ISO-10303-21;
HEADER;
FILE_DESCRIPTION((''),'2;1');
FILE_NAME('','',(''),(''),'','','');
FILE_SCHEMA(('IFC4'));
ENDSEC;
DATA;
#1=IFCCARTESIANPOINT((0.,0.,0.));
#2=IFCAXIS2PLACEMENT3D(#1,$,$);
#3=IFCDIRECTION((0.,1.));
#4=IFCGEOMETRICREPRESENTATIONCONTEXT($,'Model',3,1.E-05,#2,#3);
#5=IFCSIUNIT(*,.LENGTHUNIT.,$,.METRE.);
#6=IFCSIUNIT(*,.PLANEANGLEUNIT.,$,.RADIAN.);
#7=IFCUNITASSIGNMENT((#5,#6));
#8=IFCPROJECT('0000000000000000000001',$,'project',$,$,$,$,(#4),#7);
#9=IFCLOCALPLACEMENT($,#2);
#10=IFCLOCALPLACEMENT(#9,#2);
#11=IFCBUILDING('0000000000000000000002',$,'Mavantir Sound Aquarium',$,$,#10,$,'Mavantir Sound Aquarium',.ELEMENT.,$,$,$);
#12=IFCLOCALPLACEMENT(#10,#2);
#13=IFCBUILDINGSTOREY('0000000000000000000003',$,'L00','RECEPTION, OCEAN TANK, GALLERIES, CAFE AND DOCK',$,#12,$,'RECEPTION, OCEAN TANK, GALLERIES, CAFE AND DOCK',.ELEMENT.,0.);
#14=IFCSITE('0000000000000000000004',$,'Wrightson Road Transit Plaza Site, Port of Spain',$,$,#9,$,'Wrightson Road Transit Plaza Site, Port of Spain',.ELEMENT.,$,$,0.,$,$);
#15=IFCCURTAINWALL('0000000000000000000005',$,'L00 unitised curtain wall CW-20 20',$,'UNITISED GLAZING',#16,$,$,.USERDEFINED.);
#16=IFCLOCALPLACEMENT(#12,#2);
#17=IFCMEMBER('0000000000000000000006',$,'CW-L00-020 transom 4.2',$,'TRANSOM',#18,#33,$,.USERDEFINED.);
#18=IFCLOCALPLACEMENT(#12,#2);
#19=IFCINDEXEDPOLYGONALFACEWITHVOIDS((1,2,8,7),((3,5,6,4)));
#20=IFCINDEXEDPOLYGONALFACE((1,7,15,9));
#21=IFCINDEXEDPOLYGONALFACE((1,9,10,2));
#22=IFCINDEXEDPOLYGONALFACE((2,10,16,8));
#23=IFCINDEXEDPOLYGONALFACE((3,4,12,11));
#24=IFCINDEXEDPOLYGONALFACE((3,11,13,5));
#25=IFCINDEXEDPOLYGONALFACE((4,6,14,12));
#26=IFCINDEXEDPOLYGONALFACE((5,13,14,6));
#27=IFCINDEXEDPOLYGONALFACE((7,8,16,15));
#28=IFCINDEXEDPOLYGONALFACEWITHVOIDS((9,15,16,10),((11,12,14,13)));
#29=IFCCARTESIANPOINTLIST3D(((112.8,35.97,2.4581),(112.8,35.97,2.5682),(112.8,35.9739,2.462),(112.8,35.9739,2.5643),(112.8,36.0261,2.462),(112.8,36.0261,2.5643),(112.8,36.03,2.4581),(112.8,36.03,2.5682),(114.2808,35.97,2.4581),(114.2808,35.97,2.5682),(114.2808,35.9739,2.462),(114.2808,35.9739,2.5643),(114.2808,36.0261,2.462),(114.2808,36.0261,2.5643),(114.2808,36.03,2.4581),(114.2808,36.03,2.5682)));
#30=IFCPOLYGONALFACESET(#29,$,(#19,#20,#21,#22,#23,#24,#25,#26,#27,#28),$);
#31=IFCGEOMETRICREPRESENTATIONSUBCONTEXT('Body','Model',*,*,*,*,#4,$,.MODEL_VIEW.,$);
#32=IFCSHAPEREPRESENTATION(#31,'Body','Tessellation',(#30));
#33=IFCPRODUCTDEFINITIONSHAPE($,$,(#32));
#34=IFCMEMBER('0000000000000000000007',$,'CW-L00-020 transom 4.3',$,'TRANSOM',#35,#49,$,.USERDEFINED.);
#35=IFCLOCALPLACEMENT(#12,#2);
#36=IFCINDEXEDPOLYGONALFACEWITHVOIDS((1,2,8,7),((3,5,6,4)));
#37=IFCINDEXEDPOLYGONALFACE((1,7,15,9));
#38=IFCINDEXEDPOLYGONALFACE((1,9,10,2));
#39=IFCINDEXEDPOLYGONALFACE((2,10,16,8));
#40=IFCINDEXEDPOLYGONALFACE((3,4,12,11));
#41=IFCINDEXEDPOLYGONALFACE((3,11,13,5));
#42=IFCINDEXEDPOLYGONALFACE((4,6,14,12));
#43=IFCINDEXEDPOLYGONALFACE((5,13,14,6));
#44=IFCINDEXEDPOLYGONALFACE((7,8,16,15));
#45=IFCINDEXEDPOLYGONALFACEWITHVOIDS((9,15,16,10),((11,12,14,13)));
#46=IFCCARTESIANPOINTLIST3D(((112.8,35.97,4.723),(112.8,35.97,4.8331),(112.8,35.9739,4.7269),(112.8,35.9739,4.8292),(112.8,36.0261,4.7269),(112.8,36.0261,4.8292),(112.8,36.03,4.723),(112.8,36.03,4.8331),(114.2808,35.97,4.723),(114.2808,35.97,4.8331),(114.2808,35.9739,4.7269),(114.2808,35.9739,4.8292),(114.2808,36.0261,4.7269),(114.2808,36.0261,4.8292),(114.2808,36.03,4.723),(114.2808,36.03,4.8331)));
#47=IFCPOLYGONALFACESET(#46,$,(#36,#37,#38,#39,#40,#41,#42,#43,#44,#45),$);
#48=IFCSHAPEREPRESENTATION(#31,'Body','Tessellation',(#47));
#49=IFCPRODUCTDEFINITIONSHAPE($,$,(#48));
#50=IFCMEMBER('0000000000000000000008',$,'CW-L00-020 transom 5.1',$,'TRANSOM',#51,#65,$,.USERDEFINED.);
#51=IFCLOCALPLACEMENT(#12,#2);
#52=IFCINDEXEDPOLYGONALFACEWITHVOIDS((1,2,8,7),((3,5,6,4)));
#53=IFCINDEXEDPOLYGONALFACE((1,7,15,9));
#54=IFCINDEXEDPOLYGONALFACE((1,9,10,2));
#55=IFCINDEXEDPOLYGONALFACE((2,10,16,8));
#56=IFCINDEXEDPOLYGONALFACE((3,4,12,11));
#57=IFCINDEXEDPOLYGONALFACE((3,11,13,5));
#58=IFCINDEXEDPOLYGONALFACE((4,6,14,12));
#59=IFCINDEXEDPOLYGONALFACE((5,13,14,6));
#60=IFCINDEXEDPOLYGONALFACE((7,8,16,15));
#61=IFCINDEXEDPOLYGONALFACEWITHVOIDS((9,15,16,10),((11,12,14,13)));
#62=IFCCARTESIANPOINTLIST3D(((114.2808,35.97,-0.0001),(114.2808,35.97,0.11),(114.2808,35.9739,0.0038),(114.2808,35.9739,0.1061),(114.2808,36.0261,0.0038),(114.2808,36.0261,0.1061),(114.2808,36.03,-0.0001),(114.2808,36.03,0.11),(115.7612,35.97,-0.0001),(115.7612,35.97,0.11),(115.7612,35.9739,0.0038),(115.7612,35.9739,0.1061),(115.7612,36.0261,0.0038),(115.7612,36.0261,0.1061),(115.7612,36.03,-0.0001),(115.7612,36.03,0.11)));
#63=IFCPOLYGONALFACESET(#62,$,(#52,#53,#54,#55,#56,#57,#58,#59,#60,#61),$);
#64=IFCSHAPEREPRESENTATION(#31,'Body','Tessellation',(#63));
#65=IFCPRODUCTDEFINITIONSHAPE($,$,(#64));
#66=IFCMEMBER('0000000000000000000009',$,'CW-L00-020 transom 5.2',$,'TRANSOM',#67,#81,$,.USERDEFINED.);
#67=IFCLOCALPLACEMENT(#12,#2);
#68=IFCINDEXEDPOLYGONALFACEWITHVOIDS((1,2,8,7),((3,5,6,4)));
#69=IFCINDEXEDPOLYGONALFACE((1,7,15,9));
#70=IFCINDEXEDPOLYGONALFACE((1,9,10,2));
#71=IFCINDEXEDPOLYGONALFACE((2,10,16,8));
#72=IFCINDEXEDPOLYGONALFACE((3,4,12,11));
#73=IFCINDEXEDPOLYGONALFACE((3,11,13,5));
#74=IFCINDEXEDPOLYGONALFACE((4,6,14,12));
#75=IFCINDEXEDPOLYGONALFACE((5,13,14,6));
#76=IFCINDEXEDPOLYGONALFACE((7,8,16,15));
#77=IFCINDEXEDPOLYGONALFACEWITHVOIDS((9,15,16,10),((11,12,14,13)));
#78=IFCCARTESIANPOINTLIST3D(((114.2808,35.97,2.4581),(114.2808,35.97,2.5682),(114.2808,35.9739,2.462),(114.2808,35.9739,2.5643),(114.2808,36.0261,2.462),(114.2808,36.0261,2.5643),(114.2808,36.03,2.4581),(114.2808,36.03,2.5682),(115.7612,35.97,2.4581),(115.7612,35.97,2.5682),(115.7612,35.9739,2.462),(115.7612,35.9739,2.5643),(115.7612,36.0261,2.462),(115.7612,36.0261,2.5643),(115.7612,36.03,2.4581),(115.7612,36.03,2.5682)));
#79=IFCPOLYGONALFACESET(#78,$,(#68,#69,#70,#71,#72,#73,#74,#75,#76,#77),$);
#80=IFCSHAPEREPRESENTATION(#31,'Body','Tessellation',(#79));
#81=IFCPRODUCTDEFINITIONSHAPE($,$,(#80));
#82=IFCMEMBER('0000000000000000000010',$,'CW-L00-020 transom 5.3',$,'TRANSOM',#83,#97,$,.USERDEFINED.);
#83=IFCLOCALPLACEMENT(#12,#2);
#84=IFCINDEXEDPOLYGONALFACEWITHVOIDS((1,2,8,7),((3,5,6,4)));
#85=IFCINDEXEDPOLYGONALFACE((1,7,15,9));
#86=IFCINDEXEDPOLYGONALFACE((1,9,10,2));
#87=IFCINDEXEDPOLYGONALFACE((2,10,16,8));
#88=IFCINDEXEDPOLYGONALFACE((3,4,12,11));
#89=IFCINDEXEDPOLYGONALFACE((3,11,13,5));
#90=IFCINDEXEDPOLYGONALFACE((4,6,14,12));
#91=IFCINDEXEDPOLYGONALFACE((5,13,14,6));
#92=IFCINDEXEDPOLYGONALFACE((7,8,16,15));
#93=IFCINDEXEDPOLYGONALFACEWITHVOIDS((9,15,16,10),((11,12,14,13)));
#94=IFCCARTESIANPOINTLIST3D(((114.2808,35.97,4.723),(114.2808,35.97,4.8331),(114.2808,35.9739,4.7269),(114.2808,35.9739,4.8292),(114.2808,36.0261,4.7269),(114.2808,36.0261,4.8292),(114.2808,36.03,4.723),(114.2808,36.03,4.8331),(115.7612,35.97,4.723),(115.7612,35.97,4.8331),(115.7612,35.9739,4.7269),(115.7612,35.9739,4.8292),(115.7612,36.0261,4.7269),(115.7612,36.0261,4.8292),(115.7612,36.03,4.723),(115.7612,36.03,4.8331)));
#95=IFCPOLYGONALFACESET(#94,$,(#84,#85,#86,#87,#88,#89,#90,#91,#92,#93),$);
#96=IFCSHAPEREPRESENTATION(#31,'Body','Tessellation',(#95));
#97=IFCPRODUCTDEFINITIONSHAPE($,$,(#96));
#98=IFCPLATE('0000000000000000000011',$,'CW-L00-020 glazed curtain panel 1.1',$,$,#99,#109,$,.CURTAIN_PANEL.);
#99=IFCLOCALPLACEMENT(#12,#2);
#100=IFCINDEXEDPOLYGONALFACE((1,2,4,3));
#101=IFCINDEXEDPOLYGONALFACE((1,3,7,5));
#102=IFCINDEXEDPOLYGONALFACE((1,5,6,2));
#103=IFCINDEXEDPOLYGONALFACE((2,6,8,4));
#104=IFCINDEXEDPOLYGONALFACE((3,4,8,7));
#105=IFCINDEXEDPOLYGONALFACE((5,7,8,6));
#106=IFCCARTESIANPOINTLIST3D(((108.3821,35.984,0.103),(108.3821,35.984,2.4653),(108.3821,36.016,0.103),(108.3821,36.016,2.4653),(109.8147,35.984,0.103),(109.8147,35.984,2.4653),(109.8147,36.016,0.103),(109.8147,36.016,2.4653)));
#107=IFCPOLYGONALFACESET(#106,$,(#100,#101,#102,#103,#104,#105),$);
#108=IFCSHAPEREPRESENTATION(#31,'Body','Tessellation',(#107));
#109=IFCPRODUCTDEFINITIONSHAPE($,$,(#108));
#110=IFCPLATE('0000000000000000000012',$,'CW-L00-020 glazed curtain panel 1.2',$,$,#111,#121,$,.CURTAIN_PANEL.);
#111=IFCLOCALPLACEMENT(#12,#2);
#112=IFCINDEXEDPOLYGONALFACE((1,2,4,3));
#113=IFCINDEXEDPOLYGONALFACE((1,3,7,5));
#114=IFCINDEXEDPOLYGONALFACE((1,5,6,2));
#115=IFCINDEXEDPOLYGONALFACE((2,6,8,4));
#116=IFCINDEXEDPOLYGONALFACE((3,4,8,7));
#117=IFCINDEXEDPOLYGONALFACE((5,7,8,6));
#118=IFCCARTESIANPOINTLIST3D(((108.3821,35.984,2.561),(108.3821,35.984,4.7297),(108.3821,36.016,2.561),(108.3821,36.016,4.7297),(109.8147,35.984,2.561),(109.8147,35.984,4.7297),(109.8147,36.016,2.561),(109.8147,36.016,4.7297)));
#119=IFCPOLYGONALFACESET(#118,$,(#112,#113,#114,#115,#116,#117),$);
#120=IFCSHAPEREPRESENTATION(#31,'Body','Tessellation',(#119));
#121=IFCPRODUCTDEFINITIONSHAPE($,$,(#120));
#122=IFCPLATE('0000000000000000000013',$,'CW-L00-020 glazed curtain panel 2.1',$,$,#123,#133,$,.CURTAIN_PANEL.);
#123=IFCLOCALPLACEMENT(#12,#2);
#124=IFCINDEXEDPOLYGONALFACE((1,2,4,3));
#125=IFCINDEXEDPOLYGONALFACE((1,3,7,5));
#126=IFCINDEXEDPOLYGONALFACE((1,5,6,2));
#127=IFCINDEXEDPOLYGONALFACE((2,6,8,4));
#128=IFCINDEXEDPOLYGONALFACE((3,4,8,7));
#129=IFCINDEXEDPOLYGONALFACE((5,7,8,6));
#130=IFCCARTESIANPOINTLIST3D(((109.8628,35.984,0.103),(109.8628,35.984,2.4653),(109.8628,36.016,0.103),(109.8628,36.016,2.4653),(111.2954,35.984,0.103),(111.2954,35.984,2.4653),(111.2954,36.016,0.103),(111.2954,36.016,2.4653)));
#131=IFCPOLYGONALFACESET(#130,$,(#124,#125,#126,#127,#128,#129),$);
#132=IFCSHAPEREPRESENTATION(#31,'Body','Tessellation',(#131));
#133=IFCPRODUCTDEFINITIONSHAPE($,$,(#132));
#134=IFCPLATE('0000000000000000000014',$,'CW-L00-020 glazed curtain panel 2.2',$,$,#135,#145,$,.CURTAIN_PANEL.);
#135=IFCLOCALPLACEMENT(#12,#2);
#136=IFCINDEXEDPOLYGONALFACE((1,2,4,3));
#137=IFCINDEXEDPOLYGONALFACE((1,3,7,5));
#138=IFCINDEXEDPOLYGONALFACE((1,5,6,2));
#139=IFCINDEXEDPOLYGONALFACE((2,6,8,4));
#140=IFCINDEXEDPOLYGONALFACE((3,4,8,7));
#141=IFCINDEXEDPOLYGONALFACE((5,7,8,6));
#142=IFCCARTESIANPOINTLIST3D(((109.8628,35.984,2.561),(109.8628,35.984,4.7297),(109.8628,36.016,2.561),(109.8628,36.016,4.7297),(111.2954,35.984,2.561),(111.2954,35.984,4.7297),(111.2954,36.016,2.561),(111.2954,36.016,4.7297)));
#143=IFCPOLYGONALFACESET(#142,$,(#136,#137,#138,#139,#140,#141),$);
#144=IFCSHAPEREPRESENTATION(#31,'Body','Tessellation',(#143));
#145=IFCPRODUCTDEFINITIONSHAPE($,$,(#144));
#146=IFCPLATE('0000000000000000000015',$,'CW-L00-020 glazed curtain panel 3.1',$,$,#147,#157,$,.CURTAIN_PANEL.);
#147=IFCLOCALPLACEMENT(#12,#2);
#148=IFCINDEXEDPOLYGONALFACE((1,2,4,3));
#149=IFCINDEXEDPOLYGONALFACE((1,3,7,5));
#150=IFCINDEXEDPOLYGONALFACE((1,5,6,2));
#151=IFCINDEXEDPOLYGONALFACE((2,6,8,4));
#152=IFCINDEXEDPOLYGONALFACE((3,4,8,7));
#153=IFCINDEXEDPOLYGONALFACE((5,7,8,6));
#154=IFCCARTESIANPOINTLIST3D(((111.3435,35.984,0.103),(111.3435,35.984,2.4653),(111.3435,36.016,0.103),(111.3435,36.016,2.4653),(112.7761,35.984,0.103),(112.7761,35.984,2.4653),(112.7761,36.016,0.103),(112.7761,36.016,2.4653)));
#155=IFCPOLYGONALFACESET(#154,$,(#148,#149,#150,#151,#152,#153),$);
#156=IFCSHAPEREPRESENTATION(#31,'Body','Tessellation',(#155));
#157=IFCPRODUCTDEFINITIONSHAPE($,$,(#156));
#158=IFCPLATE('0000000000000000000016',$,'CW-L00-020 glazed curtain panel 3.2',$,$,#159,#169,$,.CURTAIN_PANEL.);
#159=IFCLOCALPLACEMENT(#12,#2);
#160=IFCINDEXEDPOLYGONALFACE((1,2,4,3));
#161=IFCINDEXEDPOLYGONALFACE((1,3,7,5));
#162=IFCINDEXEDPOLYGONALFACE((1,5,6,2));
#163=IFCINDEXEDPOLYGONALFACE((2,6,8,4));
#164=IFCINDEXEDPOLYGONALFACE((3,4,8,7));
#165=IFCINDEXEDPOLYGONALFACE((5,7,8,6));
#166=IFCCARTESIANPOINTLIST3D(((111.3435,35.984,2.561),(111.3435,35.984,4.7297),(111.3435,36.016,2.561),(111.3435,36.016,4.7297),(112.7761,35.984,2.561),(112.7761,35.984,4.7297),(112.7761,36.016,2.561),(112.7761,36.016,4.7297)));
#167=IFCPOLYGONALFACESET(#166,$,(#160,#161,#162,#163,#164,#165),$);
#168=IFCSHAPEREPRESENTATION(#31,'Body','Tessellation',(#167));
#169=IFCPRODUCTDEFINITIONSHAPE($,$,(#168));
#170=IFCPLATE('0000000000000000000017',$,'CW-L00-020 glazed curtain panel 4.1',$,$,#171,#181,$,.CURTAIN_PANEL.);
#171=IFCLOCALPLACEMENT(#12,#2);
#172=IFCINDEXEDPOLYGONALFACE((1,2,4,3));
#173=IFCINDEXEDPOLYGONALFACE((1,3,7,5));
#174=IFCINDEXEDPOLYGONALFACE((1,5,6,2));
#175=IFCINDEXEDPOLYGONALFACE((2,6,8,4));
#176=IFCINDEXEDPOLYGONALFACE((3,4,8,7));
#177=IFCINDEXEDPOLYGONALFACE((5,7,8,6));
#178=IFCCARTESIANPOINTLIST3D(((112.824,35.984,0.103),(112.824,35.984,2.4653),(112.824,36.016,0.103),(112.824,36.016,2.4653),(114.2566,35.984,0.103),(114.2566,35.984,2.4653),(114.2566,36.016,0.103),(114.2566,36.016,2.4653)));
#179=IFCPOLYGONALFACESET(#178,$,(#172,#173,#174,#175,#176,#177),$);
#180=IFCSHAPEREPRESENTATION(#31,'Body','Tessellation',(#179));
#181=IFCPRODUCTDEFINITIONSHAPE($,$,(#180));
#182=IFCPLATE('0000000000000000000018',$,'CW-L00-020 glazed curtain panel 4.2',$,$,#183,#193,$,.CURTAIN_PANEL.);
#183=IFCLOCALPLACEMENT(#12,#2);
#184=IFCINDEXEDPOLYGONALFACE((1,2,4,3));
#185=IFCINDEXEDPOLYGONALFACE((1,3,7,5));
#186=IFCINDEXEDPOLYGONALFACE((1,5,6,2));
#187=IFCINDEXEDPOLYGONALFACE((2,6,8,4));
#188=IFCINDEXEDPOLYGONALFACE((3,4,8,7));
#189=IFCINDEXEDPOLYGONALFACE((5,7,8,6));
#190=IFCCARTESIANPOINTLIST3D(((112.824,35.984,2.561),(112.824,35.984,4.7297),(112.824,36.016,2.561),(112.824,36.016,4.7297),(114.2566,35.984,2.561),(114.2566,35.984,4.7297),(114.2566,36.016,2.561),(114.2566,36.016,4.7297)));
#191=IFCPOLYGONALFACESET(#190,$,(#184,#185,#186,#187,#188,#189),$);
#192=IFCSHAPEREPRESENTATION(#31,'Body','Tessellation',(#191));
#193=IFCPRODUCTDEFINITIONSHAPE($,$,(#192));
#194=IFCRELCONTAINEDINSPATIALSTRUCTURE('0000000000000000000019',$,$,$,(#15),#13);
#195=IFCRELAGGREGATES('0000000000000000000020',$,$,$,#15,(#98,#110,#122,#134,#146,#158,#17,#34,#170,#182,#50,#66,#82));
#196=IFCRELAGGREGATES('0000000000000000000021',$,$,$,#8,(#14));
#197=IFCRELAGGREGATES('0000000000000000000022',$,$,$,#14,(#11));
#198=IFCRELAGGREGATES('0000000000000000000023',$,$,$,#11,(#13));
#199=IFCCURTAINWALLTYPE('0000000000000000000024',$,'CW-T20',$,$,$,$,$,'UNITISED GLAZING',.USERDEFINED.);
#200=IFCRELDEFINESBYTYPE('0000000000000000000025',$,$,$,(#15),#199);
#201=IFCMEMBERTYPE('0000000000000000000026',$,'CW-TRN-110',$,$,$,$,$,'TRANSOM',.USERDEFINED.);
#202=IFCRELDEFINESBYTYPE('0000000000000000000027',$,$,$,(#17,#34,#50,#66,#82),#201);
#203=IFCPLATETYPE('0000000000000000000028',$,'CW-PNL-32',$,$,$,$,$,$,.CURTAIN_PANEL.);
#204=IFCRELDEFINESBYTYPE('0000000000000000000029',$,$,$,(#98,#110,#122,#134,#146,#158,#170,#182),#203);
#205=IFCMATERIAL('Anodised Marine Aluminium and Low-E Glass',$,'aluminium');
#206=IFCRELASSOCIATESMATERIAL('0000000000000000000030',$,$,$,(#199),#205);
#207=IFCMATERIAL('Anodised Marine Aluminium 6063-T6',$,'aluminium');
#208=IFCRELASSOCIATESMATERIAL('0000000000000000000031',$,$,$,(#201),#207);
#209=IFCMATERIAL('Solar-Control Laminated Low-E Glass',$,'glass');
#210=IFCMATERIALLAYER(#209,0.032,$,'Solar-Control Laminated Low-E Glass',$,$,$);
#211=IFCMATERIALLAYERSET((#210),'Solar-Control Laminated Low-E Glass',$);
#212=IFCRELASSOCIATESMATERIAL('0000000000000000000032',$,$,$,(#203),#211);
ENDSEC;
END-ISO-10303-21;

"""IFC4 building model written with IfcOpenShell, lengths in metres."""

from ifc_helpers import new_model, si_unit, direction, frame, origin, origin_2d, place, context, subcontext, project, spatial, rectangle, hollow_rectangle, extrude, material, layer, layer_set, material_profile, profile_set, type_object, element, aggregate, save


model = new_model("IFC4")

# Units and contexts
model_context = context("Model", 3, precision=1e-05, world=origin(), true_north=direction((0.0, 1.0)))
body_context = subcontext(model_context, "Body", "Model", "MODEL_VIEW")
ifc_project = project(units=[si_unit("LENGTHUNIT", "METRE"), si_unit("PLANEANGLEUNIT", "RADIAN")], contexts=[model_context])

# Site, building, storey
site_placement = place(None, origin())
site = spatial("IfcSite", under=ifc_project, at=site_placement, Name="Wrightson Road Transit Plaza Site, Port of Spain", LongName="Wrightson Road Transit Plaza Site, Port of Spain", CompositionType="ELEMENT", RefElevation=0.0)
building_placement = place(site_placement, origin())
building = spatial("IfcBuilding", under=site, at=building_placement, Name="Mavantir Sound Aquarium", LongName="Mavantir Sound Aquarium", CompositionType="ELEMENT")
storey_placement = place(building_placement, origin())
storey = spatial("IfcBuildingStorey", under=building, at=storey_placement, Name="L00", Description="RECEPTION, OCEAN TANK, GALLERIES, CAFE AND DOCK", LongName="RECEPTION, OCEAN TANK, GALLERIES, CAFE AND DOCK", CompositionType="ELEMENT", Elevation=0.0)

# Curtain wall, members, plates
ifc_material_1 = material(Name="Anodised Marine Aluminium and Low-E Glass", Category="aluminium")
curtain_wall_type = type_object("IfcCurtainWallType", Name="CW-T20", ElementType="UNITISED GLAZING", PredefinedType="USERDEFINED", material=ifc_material_1)
curtain_wall_placement = place(storey_placement, origin())
curtain_wall = element("IfcCurtainWall", 1, at=curtain_wall_placement, inside=storey, type_object=curtain_wall_type, Name="L00 unitised curtain wall CW-20 20", ObjectType="UNITISED GLAZING", PredefinedType="USERDEFINED")
ifc_material_2 = material(Name="Anodised Marine Aluminium 6063-T6", Category="aluminium")
ifc_material_profile_1 = material_profile(ifc_material_2, hollow_rectangle(XDim=0.0601, YDim=0.1101, WallThickness=0.0039, at=origin_2d()), Name="ALU-TRANSOM-110X60")
ifc_profile_set_1 = profile_set([ifc_material_profile_1], Name="Anodised Marine Aluminium 6063-T6")
member_type_1 = type_object("IfcMemberType", Name="CW-TRN-110", ElementType="TRANSOM", PredefinedType="USERDEFINED", material=ifc_profile_set_1)
member_1_placement = place(storey_placement, frame((112.8, 36.0, 2.5132), z_axis=(1.0, 0.0, 0.0), x_axis=(0.0, 1.0, 0.0)))
member_1 = element("IfcMember", 2, at=member_1_placement, type_object=member_type_1, Name="CW-L00-020 transom 4.2", ObjectType="TRANSOM", PredefinedType="USERDEFINED", context=body_context, shape_type="SweptSolid", body=[
    extrude(hollow_rectangle(XDim=0.0601, YDim=0.1101, WallThickness=0.0039, at=origin_2d()), origin(), (0.0, 0.0, 1.0), 1.4807),
])
member_2_placement = place(storey_placement, frame((112.8, 36.0, 4.7781), z_axis=(1.0, 0.0, 0.0), x_axis=(0.0, 1.0, 0.0)))
member_2 = element("IfcMember", 3, at=member_2_placement, type_object=member_type_1, Name="CW-L00-020 transom 4.3", ObjectType="TRANSOM", PredefinedType="USERDEFINED", context=body_context, shape_type="SweptSolid", body=[
    extrude(hollow_rectangle(XDim=0.0601, YDim=0.1101, WallThickness=0.0039, at=origin_2d()), origin(), (0.0, 0.0, 1.0), 1.4807),
])
member_3_placement = place(storey_placement, frame((114.2808, 36.0, 0.0549), z_axis=(1.0, 0.0, 0.0), x_axis=(0.0, 1.0, 0.0)))
member_3 = element("IfcMember", 4, at=member_3_placement, type_object=member_type_1, Name="CW-L00-020 transom 5.1", ObjectType="TRANSOM", PredefinedType="USERDEFINED", context=body_context, shape_type="SweptSolid", body=[
    extrude(hollow_rectangle(XDim=0.0601, YDim=0.1101, WallThickness=0.0039, at=origin_2d()), origin(), (0.0, 0.0, 1.0), 1.4805),
])
member_4_placement = place(storey_placement, frame((114.2808, 36.0, 2.5132), z_axis=(1.0, 0.0, 0.0), x_axis=(0.0, 1.0, 0.0)))
member_4 = element("IfcMember", 5, at=member_4_placement, type_object=member_type_1, Name="CW-L00-020 transom 5.2", ObjectType="TRANSOM", PredefinedType="USERDEFINED", context=body_context, shape_type="SweptSolid", body=[
    extrude(hollow_rectangle(XDim=0.0601, YDim=0.1101, WallThickness=0.0039, at=origin_2d()), origin(), (0.0, 0.0, 1.0), 1.4805),
])
member_5_placement = place(storey_placement, frame((114.2808, 36.0, 4.7781), z_axis=(1.0, 0.0, 0.0), x_axis=(0.0, 1.0, 0.0)))
member_5 = element("IfcMember", 6, at=member_5_placement, type_object=member_type_1, Name="CW-L00-020 transom 5.3", ObjectType="TRANSOM", PredefinedType="USERDEFINED", context=body_context, shape_type="SweptSolid", body=[
    extrude(hollow_rectangle(XDim=0.0601, YDim=0.1101, WallThickness=0.0039, at=origin_2d()), origin(), (0.0, 0.0, 1.0), 1.4805),
])
ifc_material_3 = material(Name="Solar-Control Laminated Low-E Glass", Category="glass")
ifc_layer = layer(ifc_material_3, 0.032, Name="Solar-Control Laminated Low-E Glass")
ifc_layer_set = layer_set([ifc_layer], Name="Solar-Control Laminated Low-E Glass")
plate_type = type_object("IfcPlateType", Name="CW-PNL-32", PredefinedType="CURTAIN_PANEL", material=ifc_layer_set)
plate_1_placement = place(storey_placement, frame((109.0984, 36.0, 0.103), z_axis=(0.0, 0.0, 1.0), x_axis=(1.0, 0.0, 0.0)))
plate_1 = element("IfcPlate", 7, at=plate_1_placement, type_object=plate_type, Name="CW-L00-020 glazed curtain panel 1.1", PredefinedType="CURTAIN_PANEL", context=body_context, shape_type="SweptSolid", body=[
    extrude(rectangle(XDim=1.4326, YDim=0.032, at=origin_2d()), origin(), (0.0, 0.0, 1.0), 2.3623),
])
plate_2_placement = place(storey_placement, frame((109.0984, 36.0, 2.561), z_axis=(0.0, 0.0, 1.0), x_axis=(1.0, 0.0, 0.0)))
plate_2 = element("IfcPlate", 8, at=plate_2_placement, type_object=plate_type, Name="CW-L00-020 glazed curtain panel 1.2", PredefinedType="CURTAIN_PANEL", context=body_context, shape_type="SweptSolid", body=[
    extrude(rectangle(XDim=1.4326, YDim=0.032, at=origin_2d()), origin(), (0.0, 0.0, 1.0), 2.1687),
])
plate_3_placement = place(storey_placement, frame((110.5791, 36.0, 0.103), z_axis=(0.0, 0.0, 1.0), x_axis=(1.0, 0.0, 0.0)))
plate_3 = element("IfcPlate", 9, at=plate_3_placement, type_object=plate_type, Name="CW-L00-020 glazed curtain panel 2.1", PredefinedType="CURTAIN_PANEL", context=body_context, shape_type="SweptSolid", body=[
    extrude(rectangle(XDim=1.4326, YDim=0.032, at=origin_2d()), origin(), (0.0, 0.0, 1.0), 2.3623),
])
plate_4_placement = place(storey_placement, frame((110.5791, 36.0, 2.561), z_axis=(0.0, 0.0, 1.0), x_axis=(1.0, 0.0, 0.0)))
plate_4 = element("IfcPlate", 10, at=plate_4_placement, type_object=plate_type, Name="CW-L00-020 glazed curtain panel 2.2", PredefinedType="CURTAIN_PANEL", context=body_context, shape_type="SweptSolid", body=[
    extrude(rectangle(XDim=1.4326, YDim=0.032, at=origin_2d()), origin(), (0.0, 0.0, 1.0), 2.1687),
])
plate_5_placement = place(storey_placement, frame((112.0598, 36.0, 0.103), z_axis=(0.0, 0.0, 1.0), x_axis=(1.0, 0.0, 0.0)))
plate_5 = element("IfcPlate", 11, at=plate_5_placement, type_object=plate_type, Name="CW-L00-020 glazed curtain panel 3.1", PredefinedType="CURTAIN_PANEL", context=body_context, shape_type="SweptSolid", body=[
    extrude(rectangle(XDim=1.4326, YDim=0.032, at=origin_2d()), origin(), (0.0, 0.0, 1.0), 2.3623),
])
plate_6_placement = place(storey_placement, frame((112.0598, 36.0, 2.561), z_axis=(0.0, 0.0, 1.0), x_axis=(1.0, 0.0, 0.0)))
plate_6 = element("IfcPlate", 12, at=plate_6_placement, type_object=plate_type, Name="CW-L00-020 glazed curtain panel 3.2", PredefinedType="CURTAIN_PANEL", context=body_context, shape_type="SweptSolid", body=[
    extrude(rectangle(XDim=1.4326, YDim=0.032, at=origin_2d()), origin(), (0.0, 0.0, 1.0), 2.1687),
])
plate_7_placement = place(storey_placement, frame((113.5403, 36.0, 0.103), z_axis=(0.0, 0.0, 1.0), x_axis=(1.0, 0.0, 0.0)))
plate_7 = element("IfcPlate", 13, at=plate_7_placement, type_object=plate_type, Name="CW-L00-020 glazed curtain panel 4.1", PredefinedType="CURTAIN_PANEL", context=body_context, shape_type="SweptSolid", body=[
    extrude(rectangle(XDim=1.4326, YDim=0.032, at=origin_2d()), origin(), (0.0, 0.0, 1.0), 2.3623),
])
plate_8_placement = place(storey_placement, frame((113.5403, 36.0, 2.561), z_axis=(0.0, 0.0, 1.0), x_axis=(1.0, 0.0, 0.0)))
plate_8 = element("IfcPlate", 14, at=plate_8_placement, type_object=plate_type, Name="CW-L00-020 glazed curtain panel 4.2", PredefinedType="CURTAIN_PANEL", context=body_context, shape_type="SweptSolid", body=[
    extrude(rectangle(XDim=1.4326, YDim=0.032, at=origin_2d()), origin(), (0.0, 0.0, 1.0), 2.1687),
])
aggregate(curtain_wall, [plate_1, plate_2, plate_3, plate_4, plate_5, plate_6, member_1, member_2, plate_7, plate_8, member_3, member_4, member_5])

save(model, "model.ifc")
